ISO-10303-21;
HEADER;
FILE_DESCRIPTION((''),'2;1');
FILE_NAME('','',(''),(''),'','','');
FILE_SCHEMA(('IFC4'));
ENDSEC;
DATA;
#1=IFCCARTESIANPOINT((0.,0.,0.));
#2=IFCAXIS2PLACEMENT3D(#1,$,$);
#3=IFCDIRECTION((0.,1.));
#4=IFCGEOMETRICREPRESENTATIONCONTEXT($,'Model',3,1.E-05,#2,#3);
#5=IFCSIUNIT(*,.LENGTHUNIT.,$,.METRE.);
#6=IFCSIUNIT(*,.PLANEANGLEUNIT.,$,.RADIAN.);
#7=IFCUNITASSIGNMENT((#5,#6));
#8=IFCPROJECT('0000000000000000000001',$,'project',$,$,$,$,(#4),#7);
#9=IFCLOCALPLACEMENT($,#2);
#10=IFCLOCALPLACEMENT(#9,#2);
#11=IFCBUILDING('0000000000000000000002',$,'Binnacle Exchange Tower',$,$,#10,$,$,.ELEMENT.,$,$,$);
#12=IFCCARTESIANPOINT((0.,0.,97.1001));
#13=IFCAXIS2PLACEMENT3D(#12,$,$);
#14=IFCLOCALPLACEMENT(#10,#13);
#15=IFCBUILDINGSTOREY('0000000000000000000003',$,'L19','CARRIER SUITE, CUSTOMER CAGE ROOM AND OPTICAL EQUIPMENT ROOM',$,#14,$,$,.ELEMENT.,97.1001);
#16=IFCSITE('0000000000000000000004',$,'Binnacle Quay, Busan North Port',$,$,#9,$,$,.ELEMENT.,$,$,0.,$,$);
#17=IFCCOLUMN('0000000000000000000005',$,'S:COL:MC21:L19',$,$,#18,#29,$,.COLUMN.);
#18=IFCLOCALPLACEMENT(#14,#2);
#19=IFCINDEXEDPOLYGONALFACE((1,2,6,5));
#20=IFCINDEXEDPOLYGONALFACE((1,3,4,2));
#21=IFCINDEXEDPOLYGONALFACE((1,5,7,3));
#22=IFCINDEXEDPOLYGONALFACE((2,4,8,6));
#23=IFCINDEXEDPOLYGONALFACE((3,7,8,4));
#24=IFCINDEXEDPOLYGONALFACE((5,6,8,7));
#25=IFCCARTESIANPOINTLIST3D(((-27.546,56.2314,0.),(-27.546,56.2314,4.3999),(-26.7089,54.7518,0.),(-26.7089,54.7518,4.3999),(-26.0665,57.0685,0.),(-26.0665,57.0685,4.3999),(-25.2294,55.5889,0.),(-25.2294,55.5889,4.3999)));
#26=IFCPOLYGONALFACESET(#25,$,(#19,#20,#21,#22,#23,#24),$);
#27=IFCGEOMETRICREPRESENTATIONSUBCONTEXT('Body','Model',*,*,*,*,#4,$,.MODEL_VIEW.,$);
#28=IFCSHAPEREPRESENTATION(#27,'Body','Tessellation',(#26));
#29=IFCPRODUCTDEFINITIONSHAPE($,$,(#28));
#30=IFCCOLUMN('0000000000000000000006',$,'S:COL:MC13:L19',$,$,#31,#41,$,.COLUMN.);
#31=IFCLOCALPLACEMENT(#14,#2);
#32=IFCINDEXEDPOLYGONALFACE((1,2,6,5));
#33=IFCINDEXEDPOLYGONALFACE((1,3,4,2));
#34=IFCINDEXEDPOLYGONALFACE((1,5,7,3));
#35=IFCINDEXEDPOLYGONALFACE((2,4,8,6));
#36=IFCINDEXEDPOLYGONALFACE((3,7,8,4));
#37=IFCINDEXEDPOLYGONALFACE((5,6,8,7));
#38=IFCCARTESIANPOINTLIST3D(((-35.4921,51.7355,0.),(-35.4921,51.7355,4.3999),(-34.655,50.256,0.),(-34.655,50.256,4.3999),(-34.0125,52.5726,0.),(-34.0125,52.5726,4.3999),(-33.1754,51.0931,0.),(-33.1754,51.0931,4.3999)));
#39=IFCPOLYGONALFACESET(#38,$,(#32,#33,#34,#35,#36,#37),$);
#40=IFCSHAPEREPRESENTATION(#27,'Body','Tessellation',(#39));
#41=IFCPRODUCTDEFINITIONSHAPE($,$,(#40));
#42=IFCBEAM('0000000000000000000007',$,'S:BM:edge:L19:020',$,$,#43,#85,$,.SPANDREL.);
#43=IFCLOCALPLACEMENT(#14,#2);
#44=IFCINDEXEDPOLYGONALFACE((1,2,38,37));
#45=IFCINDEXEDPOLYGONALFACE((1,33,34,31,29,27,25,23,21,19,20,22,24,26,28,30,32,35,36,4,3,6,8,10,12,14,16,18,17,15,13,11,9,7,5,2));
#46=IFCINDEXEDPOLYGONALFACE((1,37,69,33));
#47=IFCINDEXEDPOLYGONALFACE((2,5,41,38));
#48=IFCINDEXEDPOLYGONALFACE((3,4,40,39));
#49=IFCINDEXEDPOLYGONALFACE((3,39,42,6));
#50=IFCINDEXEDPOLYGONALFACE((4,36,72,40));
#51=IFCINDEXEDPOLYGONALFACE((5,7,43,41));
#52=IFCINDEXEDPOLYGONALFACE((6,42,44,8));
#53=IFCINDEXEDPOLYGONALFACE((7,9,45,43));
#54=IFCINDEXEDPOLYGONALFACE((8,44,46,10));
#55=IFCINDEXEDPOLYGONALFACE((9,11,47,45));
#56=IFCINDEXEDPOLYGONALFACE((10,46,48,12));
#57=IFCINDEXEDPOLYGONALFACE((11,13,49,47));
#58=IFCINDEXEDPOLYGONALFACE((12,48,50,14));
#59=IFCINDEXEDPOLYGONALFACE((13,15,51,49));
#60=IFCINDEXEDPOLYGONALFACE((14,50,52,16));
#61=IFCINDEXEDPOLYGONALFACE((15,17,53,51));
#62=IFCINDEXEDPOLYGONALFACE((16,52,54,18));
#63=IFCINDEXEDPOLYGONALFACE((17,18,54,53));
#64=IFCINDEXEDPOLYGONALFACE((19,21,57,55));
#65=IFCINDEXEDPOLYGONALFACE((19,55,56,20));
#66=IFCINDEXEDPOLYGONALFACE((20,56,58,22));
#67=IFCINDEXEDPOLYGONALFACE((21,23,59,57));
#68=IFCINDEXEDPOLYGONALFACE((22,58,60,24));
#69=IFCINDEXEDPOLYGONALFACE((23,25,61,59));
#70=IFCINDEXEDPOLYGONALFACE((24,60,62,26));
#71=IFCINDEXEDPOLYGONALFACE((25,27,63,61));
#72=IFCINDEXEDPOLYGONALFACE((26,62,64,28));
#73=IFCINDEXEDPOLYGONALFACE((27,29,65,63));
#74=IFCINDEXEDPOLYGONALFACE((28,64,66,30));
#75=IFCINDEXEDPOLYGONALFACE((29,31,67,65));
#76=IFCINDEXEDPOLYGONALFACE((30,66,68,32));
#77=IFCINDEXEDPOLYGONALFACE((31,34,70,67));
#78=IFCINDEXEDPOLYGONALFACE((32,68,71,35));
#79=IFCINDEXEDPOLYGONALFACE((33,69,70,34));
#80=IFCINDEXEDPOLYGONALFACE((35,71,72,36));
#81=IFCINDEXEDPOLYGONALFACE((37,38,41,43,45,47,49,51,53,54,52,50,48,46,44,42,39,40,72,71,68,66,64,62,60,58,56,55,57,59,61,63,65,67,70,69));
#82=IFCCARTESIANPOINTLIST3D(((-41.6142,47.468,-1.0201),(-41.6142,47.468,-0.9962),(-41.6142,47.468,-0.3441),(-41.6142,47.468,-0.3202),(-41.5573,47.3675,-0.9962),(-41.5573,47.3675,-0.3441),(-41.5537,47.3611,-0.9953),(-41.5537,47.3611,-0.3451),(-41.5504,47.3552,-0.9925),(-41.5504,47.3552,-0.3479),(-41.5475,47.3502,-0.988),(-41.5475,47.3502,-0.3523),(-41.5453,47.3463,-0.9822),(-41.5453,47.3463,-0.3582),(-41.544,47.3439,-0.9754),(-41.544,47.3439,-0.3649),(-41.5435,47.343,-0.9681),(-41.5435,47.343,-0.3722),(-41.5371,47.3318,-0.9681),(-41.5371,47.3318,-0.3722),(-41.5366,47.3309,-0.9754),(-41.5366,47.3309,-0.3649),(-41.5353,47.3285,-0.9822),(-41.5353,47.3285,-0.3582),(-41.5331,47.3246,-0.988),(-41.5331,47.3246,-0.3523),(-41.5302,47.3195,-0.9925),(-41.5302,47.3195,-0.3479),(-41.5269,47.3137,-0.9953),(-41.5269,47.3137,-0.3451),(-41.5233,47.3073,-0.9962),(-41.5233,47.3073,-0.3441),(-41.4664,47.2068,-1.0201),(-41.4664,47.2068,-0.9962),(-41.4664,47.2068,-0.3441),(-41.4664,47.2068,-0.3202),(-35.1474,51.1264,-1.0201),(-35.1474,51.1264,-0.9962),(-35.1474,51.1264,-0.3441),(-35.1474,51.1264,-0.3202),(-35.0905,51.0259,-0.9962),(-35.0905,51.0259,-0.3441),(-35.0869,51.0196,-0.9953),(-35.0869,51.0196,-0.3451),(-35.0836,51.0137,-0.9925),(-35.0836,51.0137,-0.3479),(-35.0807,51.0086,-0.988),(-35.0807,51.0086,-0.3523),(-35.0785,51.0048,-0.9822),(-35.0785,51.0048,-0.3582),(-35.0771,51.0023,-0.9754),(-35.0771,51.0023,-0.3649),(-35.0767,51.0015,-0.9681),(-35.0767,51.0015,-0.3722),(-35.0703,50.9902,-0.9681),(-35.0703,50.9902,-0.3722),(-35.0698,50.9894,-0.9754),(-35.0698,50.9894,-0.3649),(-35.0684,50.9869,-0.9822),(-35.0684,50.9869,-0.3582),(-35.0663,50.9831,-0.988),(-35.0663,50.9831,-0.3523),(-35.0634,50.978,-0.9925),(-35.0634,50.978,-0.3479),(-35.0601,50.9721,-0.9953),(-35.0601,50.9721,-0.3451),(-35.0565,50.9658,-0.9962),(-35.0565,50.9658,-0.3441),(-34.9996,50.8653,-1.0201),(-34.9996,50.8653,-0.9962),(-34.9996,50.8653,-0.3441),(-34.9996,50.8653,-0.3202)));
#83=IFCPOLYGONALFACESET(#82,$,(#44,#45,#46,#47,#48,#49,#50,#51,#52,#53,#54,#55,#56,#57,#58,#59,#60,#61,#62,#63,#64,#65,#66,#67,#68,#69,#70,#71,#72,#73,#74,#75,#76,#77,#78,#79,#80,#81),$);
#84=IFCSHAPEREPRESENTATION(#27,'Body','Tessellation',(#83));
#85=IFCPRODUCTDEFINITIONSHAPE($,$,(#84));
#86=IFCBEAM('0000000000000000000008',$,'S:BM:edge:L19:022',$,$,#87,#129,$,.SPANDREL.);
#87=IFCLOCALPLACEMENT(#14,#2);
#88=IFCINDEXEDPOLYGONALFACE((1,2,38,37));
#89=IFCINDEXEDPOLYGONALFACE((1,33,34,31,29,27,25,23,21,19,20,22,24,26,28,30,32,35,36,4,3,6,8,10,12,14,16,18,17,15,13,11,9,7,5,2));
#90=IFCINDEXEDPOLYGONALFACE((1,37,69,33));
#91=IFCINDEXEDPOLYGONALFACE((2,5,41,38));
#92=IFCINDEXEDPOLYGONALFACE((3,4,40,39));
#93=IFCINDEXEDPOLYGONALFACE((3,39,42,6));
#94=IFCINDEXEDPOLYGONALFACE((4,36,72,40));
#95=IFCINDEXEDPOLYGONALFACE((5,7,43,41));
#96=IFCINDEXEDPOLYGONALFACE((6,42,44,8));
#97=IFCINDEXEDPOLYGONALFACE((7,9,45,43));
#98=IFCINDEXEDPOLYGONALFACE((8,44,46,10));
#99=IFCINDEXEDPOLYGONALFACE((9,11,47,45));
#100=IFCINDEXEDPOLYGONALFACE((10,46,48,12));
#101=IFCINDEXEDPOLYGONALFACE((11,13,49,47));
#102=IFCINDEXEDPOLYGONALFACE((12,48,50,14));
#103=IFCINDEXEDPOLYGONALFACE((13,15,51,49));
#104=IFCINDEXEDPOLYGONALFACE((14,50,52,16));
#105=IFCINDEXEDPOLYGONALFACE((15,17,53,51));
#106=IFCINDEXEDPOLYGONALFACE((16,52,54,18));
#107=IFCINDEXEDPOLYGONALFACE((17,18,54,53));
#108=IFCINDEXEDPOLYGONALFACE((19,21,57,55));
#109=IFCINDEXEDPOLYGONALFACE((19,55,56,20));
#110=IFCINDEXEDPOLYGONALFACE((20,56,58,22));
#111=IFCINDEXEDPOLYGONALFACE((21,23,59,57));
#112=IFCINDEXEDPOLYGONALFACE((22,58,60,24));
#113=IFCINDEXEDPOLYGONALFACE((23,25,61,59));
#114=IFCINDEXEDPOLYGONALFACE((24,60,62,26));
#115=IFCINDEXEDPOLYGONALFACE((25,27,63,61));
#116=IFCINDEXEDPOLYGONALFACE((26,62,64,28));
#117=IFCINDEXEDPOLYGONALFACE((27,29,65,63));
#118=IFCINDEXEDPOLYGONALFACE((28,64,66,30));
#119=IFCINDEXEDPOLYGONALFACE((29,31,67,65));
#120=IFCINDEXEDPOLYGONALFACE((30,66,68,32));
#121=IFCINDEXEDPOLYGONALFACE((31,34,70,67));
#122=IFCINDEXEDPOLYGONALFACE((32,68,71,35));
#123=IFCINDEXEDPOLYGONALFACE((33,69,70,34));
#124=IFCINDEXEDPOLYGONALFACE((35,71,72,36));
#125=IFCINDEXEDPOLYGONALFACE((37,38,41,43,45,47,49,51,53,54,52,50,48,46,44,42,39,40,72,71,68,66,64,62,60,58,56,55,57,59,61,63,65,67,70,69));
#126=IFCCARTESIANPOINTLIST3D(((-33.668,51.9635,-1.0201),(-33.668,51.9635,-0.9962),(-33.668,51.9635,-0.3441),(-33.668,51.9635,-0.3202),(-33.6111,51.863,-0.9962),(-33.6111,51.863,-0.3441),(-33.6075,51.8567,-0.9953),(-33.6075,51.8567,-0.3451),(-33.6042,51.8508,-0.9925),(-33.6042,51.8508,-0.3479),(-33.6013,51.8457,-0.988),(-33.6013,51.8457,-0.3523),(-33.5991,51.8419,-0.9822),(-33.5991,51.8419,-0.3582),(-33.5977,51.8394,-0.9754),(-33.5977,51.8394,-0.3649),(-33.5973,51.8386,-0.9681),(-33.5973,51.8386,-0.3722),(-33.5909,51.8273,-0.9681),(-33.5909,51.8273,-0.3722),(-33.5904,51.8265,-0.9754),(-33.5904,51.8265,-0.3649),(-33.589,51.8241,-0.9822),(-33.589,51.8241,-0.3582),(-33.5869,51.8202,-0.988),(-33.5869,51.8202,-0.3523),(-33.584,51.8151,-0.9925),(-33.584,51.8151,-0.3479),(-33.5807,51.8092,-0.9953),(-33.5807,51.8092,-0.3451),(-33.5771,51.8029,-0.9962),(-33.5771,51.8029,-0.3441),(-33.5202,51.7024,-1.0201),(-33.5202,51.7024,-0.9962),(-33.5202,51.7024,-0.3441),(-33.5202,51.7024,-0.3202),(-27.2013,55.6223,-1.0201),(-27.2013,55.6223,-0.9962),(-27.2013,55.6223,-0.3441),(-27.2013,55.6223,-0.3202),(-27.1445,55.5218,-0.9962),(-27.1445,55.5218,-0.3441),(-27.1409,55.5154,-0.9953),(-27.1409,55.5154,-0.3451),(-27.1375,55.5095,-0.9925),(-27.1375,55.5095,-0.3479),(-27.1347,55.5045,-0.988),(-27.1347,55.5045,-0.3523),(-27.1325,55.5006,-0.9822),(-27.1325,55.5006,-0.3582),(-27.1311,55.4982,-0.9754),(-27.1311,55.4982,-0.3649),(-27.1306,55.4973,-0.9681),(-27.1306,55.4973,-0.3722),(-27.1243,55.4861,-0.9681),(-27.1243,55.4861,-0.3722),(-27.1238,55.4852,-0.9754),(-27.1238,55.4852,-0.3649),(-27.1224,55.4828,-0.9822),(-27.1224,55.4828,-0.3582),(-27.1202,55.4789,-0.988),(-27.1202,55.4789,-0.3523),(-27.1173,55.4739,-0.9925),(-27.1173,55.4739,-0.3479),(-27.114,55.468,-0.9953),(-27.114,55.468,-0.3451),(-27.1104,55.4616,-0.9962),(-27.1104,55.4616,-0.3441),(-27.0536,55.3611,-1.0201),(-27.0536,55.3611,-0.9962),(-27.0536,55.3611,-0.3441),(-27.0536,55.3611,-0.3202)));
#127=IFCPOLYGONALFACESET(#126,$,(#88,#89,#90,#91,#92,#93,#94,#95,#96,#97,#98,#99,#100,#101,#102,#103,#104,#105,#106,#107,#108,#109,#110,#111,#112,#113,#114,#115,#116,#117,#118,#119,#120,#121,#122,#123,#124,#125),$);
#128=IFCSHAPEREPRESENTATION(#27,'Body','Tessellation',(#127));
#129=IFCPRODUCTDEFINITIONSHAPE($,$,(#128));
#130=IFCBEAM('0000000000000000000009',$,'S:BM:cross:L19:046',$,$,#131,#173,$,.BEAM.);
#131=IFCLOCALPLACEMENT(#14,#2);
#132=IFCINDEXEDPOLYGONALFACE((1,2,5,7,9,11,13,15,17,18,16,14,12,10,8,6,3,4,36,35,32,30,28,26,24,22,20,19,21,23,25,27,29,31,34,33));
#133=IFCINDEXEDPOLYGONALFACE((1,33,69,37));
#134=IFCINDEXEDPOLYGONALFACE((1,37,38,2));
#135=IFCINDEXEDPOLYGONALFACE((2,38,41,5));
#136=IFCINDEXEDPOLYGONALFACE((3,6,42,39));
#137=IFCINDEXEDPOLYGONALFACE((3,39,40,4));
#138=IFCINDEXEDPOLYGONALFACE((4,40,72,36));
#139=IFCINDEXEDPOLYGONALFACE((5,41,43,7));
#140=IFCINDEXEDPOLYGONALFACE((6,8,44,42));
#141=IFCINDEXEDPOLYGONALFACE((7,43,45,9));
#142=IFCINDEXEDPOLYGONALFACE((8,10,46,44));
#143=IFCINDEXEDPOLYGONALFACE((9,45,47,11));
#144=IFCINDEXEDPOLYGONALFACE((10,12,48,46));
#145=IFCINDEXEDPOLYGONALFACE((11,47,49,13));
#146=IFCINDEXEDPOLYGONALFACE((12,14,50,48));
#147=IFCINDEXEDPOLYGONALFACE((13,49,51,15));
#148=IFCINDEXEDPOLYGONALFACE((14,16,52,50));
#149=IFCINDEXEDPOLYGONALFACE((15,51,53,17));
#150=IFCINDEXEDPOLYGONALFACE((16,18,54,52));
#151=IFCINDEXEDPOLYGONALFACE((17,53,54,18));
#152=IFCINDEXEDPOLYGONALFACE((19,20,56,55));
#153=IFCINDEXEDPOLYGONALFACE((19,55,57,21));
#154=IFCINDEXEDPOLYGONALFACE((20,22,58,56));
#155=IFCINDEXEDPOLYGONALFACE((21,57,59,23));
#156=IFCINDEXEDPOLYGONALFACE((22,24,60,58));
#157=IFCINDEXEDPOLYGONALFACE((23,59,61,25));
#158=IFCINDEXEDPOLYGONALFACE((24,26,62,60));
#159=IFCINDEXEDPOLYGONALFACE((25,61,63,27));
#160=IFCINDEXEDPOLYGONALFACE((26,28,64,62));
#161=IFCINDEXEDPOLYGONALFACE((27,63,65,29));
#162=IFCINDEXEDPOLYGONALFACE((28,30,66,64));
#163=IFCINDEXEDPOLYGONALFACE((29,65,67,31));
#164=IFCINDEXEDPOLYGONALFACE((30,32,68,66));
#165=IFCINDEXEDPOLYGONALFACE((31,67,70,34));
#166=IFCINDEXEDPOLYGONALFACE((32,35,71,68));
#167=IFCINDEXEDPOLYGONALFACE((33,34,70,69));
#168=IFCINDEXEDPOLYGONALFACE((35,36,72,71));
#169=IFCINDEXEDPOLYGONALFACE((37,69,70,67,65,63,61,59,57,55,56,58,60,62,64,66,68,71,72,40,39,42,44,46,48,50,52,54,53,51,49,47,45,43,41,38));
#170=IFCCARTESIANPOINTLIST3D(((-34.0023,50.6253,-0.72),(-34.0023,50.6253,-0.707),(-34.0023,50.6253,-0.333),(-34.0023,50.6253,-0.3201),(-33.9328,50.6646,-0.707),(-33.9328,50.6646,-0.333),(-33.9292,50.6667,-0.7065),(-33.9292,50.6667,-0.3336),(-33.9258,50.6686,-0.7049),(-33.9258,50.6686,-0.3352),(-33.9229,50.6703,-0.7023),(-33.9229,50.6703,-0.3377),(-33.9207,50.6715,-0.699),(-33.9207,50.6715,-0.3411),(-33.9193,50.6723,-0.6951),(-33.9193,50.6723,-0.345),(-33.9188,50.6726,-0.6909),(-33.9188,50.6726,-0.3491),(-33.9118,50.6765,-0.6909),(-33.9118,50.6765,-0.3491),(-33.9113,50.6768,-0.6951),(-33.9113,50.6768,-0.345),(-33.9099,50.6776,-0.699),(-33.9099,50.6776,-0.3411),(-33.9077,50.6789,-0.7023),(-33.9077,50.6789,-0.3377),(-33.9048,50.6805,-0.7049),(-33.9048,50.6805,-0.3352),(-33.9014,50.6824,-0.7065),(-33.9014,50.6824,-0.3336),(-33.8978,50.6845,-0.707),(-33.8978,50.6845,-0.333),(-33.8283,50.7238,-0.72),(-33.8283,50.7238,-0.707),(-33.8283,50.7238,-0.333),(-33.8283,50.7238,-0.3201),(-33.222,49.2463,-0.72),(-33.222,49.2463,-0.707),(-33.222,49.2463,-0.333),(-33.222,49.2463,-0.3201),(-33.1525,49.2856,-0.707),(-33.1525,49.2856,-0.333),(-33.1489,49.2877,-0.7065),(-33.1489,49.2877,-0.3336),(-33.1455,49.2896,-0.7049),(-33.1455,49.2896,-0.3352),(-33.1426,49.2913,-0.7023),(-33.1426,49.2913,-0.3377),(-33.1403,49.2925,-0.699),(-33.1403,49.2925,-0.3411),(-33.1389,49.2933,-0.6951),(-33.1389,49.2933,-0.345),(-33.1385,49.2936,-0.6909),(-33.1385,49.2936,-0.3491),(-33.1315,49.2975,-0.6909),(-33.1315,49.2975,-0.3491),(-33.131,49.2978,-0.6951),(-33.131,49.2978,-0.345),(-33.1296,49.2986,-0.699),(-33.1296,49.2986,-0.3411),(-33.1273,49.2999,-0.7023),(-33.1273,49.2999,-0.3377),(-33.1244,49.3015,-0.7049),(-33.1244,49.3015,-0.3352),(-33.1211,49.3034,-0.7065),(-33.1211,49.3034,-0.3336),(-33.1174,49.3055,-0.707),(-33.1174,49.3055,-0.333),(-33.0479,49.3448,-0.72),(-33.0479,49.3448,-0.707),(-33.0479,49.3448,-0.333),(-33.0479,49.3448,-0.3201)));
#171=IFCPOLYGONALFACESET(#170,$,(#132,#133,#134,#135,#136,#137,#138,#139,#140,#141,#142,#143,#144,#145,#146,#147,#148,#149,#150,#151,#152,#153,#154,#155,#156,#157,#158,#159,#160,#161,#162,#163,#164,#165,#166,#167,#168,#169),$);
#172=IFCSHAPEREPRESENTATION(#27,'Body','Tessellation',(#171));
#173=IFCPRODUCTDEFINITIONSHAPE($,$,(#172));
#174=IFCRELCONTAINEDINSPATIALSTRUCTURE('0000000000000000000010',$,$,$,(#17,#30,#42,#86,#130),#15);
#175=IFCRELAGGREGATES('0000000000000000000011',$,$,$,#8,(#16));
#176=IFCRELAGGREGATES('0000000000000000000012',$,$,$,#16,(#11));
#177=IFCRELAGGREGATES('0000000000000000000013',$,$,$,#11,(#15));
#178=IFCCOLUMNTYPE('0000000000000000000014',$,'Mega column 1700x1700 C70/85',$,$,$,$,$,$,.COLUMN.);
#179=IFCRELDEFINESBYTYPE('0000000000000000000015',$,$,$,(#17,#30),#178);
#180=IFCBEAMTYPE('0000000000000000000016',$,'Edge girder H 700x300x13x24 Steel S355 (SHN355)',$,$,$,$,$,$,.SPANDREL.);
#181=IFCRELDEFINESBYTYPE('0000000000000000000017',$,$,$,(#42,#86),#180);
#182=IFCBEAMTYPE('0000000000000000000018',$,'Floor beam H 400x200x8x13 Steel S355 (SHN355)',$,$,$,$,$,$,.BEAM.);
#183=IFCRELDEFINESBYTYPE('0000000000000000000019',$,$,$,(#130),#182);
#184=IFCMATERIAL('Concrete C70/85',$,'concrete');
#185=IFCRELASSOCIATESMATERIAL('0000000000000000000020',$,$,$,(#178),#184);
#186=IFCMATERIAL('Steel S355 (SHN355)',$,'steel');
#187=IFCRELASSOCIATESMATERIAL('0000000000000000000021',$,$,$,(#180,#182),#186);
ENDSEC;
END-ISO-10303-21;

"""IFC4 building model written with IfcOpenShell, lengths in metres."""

from ifc_helpers import new_model, si_unit, direction, frame, origin, origin_2d, place, context, subcontext, project, spatial, rectangle, i_section, extrude, material, material_profile, profile_set, type_object, element, save


model = new_model("IFC4")

# Units and contexts
model_context = context("Model", 3, precision=1e-05, world=origin(), true_north=direction((0.0, 1.0)))
body_context = subcontext(model_context, "Body", "Model", "MODEL_VIEW")
ifc_project = project(units=[si_unit("LENGTHUNIT", "METRE"), si_unit("PLANEANGLEUNIT", "RADIAN")], contexts=[model_context])

# Site, building, storey
site_placement = place(None, origin())
site = spatial("IfcSite", under=ifc_project, at=site_placement, Name="Binnacle Quay, Busan North Port", CompositionType="ELEMENT", RefElevation=0.0)
building_placement = place(site_placement, origin())
building = spatial("IfcBuilding", under=site, at=building_placement, Name="Binnacle Exchange Tower", CompositionType="ELEMENT")
storey_placement = place(building_placement, frame((0.0, 0.0, 97.1001)))
storey = spatial("IfcBuildingStorey", under=building, at=storey_placement, Name="L19", Description="CARRIER SUITE, CUSTOMER CAGE ROOM AND OPTICAL EQUIPMENT ROOM", CompositionType="ELEMENT", Elevation=97.1001)

# Columns
ifc_material_1 = material(Name="Concrete C70/85", Category="concrete")
ifc_material_profile_1 = material_profile(ifc_material_1, rectangle(XDim=1.7, YDim=1.7, at=origin_2d()), Name="Mega column 1700x1700 C70/85")
ifc_profile_set_1 = profile_set([ifc_material_profile_1], Name="Concrete C70/85")
column_type = type_object("IfcColumnType", Name="Mega column 1700x1700 C70/85", PredefinedType="COLUMN", material=ifc_profile_set_1)
for number, where, z_axis, x_axis, name in (
    (1, (-26.3877, 55.9102, 0.0), (0.0, 0.0, 1.0), (-0.870356, -0.492424, 0.0), "S:COL:MC21:L19"),
    (2, (-34.3337, 51.4143, 0.0), (0.0, 0.0, 1.0), (-0.870356, -0.492424, 0.0), "S:COL:MC13:L19"),
):
    element("IfcColumn", number, at=place(storey_placement, frame(where, z_axis=z_axis, x_axis=x_axis)), inside=storey, type_object=column_type, Name=name, PredefinedType="COLUMN", context=body_context, shape_type="SweptSolid", body=[
        extrude(rectangle(XDim=1.7, YDim=1.7, at=origin_2d()), origin(), (0.0, 0.0, 1.0), 4.3999),
    ])

# Beams
ifc_material_2 = material(Name="Steel S355 (SHN355)", Category="steel")
ifc_material_profile_2 = material_profile(ifc_material_2, i_section(OverallWidth=0.3, OverallDepth=0.7, WebThickness=0.0129, FlangeThickness=0.0239, FilletRadius=0.0281, at=origin_2d()), Name="H 700x300x13x24")
ifc_profile_set_2 = profile_set([ifc_material_profile_2], Name="Steel S355 (SHN355)")
beam_type_1 = type_object("IfcBeamType", Name="Edge girder H 700x300x13x24 Steel S355 (SHN355)", PredefinedType="SPANDREL", material=ifc_profile_set_2)
for number, where, z_axis, x_axis, name in (
    (3, (-35.0735, 50.9958, -0.6702), (-0.870372, -0.492394, 0.0), (0.492394, -0.870372, 0.0), "S:BM:edge:L19:020"),
    (4, (-27.1274, 55.4917, -0.6702), (-0.87035, -0.492433, 0.0), (0.492433, -0.87035, 0.0), "S:BM:edge:L19:022"),
):
    element("IfcBeam", number, at=place(storey_placement, frame(where, z_axis=z_axis, x_axis=x_axis)), inside=storey, type_object=beam_type_1, Name=name, PredefinedType="SPANDREL", context=body_context, shape_type="SweptSolid", body=[
        extrude(i_section(OverallWidth=0.3, OverallDepth=0.7, WebThickness=0.0129, FlangeThickness=0.0239, FilletRadius=0.0281, at=origin_2d()), origin(), (0.0, 0.0, 1.0), 7.4299),
    ])
ifc_material_profile_3 = material_profile(ifc_material_2, i_section(OverallWidth=0.2, OverallDepth=0.3999, WebThickness=0.0081, FlangeThickness=0.0129, FilletRadius=0.0161, at=origin_2d()), Name="H 400x200x8x13")
ifc_profile_set_3 = profile_set([ifc_material_profile_3], Name="Steel S355 (SHN355)")
beam_type_2 = type_object("IfcBeamType", Name="Floor beam H 400x200x8x13 Steel S355 (SHN355)", PredefinedType="BEAM", material=ifc_profile_set_3)
beam_1_placement = place(storey_placement, frame((-33.9153, 50.6746, -0.52), z_axis=(0.492484, -0.870322, 0.0), x_axis=(0.870322, 0.492484, 0.0)))
element("IfcBeam", 5, at=beam_1_placement, inside=storey, type_object=beam_type_2, Name="S:BM:cross:L19:046", PredefinedType="BEAM", context=body_context, shape_type="SweptSolid", body=[
    extrude(i_section(OverallWidth=0.2, OverallDepth=0.3999, WebThickness=0.0081, FlangeThickness=0.0129, FilletRadius=0.0161, at=origin_2d()), origin(), (0.0, 0.0, 1.0), 1.5845),
])

save(model, "model.ifc")
